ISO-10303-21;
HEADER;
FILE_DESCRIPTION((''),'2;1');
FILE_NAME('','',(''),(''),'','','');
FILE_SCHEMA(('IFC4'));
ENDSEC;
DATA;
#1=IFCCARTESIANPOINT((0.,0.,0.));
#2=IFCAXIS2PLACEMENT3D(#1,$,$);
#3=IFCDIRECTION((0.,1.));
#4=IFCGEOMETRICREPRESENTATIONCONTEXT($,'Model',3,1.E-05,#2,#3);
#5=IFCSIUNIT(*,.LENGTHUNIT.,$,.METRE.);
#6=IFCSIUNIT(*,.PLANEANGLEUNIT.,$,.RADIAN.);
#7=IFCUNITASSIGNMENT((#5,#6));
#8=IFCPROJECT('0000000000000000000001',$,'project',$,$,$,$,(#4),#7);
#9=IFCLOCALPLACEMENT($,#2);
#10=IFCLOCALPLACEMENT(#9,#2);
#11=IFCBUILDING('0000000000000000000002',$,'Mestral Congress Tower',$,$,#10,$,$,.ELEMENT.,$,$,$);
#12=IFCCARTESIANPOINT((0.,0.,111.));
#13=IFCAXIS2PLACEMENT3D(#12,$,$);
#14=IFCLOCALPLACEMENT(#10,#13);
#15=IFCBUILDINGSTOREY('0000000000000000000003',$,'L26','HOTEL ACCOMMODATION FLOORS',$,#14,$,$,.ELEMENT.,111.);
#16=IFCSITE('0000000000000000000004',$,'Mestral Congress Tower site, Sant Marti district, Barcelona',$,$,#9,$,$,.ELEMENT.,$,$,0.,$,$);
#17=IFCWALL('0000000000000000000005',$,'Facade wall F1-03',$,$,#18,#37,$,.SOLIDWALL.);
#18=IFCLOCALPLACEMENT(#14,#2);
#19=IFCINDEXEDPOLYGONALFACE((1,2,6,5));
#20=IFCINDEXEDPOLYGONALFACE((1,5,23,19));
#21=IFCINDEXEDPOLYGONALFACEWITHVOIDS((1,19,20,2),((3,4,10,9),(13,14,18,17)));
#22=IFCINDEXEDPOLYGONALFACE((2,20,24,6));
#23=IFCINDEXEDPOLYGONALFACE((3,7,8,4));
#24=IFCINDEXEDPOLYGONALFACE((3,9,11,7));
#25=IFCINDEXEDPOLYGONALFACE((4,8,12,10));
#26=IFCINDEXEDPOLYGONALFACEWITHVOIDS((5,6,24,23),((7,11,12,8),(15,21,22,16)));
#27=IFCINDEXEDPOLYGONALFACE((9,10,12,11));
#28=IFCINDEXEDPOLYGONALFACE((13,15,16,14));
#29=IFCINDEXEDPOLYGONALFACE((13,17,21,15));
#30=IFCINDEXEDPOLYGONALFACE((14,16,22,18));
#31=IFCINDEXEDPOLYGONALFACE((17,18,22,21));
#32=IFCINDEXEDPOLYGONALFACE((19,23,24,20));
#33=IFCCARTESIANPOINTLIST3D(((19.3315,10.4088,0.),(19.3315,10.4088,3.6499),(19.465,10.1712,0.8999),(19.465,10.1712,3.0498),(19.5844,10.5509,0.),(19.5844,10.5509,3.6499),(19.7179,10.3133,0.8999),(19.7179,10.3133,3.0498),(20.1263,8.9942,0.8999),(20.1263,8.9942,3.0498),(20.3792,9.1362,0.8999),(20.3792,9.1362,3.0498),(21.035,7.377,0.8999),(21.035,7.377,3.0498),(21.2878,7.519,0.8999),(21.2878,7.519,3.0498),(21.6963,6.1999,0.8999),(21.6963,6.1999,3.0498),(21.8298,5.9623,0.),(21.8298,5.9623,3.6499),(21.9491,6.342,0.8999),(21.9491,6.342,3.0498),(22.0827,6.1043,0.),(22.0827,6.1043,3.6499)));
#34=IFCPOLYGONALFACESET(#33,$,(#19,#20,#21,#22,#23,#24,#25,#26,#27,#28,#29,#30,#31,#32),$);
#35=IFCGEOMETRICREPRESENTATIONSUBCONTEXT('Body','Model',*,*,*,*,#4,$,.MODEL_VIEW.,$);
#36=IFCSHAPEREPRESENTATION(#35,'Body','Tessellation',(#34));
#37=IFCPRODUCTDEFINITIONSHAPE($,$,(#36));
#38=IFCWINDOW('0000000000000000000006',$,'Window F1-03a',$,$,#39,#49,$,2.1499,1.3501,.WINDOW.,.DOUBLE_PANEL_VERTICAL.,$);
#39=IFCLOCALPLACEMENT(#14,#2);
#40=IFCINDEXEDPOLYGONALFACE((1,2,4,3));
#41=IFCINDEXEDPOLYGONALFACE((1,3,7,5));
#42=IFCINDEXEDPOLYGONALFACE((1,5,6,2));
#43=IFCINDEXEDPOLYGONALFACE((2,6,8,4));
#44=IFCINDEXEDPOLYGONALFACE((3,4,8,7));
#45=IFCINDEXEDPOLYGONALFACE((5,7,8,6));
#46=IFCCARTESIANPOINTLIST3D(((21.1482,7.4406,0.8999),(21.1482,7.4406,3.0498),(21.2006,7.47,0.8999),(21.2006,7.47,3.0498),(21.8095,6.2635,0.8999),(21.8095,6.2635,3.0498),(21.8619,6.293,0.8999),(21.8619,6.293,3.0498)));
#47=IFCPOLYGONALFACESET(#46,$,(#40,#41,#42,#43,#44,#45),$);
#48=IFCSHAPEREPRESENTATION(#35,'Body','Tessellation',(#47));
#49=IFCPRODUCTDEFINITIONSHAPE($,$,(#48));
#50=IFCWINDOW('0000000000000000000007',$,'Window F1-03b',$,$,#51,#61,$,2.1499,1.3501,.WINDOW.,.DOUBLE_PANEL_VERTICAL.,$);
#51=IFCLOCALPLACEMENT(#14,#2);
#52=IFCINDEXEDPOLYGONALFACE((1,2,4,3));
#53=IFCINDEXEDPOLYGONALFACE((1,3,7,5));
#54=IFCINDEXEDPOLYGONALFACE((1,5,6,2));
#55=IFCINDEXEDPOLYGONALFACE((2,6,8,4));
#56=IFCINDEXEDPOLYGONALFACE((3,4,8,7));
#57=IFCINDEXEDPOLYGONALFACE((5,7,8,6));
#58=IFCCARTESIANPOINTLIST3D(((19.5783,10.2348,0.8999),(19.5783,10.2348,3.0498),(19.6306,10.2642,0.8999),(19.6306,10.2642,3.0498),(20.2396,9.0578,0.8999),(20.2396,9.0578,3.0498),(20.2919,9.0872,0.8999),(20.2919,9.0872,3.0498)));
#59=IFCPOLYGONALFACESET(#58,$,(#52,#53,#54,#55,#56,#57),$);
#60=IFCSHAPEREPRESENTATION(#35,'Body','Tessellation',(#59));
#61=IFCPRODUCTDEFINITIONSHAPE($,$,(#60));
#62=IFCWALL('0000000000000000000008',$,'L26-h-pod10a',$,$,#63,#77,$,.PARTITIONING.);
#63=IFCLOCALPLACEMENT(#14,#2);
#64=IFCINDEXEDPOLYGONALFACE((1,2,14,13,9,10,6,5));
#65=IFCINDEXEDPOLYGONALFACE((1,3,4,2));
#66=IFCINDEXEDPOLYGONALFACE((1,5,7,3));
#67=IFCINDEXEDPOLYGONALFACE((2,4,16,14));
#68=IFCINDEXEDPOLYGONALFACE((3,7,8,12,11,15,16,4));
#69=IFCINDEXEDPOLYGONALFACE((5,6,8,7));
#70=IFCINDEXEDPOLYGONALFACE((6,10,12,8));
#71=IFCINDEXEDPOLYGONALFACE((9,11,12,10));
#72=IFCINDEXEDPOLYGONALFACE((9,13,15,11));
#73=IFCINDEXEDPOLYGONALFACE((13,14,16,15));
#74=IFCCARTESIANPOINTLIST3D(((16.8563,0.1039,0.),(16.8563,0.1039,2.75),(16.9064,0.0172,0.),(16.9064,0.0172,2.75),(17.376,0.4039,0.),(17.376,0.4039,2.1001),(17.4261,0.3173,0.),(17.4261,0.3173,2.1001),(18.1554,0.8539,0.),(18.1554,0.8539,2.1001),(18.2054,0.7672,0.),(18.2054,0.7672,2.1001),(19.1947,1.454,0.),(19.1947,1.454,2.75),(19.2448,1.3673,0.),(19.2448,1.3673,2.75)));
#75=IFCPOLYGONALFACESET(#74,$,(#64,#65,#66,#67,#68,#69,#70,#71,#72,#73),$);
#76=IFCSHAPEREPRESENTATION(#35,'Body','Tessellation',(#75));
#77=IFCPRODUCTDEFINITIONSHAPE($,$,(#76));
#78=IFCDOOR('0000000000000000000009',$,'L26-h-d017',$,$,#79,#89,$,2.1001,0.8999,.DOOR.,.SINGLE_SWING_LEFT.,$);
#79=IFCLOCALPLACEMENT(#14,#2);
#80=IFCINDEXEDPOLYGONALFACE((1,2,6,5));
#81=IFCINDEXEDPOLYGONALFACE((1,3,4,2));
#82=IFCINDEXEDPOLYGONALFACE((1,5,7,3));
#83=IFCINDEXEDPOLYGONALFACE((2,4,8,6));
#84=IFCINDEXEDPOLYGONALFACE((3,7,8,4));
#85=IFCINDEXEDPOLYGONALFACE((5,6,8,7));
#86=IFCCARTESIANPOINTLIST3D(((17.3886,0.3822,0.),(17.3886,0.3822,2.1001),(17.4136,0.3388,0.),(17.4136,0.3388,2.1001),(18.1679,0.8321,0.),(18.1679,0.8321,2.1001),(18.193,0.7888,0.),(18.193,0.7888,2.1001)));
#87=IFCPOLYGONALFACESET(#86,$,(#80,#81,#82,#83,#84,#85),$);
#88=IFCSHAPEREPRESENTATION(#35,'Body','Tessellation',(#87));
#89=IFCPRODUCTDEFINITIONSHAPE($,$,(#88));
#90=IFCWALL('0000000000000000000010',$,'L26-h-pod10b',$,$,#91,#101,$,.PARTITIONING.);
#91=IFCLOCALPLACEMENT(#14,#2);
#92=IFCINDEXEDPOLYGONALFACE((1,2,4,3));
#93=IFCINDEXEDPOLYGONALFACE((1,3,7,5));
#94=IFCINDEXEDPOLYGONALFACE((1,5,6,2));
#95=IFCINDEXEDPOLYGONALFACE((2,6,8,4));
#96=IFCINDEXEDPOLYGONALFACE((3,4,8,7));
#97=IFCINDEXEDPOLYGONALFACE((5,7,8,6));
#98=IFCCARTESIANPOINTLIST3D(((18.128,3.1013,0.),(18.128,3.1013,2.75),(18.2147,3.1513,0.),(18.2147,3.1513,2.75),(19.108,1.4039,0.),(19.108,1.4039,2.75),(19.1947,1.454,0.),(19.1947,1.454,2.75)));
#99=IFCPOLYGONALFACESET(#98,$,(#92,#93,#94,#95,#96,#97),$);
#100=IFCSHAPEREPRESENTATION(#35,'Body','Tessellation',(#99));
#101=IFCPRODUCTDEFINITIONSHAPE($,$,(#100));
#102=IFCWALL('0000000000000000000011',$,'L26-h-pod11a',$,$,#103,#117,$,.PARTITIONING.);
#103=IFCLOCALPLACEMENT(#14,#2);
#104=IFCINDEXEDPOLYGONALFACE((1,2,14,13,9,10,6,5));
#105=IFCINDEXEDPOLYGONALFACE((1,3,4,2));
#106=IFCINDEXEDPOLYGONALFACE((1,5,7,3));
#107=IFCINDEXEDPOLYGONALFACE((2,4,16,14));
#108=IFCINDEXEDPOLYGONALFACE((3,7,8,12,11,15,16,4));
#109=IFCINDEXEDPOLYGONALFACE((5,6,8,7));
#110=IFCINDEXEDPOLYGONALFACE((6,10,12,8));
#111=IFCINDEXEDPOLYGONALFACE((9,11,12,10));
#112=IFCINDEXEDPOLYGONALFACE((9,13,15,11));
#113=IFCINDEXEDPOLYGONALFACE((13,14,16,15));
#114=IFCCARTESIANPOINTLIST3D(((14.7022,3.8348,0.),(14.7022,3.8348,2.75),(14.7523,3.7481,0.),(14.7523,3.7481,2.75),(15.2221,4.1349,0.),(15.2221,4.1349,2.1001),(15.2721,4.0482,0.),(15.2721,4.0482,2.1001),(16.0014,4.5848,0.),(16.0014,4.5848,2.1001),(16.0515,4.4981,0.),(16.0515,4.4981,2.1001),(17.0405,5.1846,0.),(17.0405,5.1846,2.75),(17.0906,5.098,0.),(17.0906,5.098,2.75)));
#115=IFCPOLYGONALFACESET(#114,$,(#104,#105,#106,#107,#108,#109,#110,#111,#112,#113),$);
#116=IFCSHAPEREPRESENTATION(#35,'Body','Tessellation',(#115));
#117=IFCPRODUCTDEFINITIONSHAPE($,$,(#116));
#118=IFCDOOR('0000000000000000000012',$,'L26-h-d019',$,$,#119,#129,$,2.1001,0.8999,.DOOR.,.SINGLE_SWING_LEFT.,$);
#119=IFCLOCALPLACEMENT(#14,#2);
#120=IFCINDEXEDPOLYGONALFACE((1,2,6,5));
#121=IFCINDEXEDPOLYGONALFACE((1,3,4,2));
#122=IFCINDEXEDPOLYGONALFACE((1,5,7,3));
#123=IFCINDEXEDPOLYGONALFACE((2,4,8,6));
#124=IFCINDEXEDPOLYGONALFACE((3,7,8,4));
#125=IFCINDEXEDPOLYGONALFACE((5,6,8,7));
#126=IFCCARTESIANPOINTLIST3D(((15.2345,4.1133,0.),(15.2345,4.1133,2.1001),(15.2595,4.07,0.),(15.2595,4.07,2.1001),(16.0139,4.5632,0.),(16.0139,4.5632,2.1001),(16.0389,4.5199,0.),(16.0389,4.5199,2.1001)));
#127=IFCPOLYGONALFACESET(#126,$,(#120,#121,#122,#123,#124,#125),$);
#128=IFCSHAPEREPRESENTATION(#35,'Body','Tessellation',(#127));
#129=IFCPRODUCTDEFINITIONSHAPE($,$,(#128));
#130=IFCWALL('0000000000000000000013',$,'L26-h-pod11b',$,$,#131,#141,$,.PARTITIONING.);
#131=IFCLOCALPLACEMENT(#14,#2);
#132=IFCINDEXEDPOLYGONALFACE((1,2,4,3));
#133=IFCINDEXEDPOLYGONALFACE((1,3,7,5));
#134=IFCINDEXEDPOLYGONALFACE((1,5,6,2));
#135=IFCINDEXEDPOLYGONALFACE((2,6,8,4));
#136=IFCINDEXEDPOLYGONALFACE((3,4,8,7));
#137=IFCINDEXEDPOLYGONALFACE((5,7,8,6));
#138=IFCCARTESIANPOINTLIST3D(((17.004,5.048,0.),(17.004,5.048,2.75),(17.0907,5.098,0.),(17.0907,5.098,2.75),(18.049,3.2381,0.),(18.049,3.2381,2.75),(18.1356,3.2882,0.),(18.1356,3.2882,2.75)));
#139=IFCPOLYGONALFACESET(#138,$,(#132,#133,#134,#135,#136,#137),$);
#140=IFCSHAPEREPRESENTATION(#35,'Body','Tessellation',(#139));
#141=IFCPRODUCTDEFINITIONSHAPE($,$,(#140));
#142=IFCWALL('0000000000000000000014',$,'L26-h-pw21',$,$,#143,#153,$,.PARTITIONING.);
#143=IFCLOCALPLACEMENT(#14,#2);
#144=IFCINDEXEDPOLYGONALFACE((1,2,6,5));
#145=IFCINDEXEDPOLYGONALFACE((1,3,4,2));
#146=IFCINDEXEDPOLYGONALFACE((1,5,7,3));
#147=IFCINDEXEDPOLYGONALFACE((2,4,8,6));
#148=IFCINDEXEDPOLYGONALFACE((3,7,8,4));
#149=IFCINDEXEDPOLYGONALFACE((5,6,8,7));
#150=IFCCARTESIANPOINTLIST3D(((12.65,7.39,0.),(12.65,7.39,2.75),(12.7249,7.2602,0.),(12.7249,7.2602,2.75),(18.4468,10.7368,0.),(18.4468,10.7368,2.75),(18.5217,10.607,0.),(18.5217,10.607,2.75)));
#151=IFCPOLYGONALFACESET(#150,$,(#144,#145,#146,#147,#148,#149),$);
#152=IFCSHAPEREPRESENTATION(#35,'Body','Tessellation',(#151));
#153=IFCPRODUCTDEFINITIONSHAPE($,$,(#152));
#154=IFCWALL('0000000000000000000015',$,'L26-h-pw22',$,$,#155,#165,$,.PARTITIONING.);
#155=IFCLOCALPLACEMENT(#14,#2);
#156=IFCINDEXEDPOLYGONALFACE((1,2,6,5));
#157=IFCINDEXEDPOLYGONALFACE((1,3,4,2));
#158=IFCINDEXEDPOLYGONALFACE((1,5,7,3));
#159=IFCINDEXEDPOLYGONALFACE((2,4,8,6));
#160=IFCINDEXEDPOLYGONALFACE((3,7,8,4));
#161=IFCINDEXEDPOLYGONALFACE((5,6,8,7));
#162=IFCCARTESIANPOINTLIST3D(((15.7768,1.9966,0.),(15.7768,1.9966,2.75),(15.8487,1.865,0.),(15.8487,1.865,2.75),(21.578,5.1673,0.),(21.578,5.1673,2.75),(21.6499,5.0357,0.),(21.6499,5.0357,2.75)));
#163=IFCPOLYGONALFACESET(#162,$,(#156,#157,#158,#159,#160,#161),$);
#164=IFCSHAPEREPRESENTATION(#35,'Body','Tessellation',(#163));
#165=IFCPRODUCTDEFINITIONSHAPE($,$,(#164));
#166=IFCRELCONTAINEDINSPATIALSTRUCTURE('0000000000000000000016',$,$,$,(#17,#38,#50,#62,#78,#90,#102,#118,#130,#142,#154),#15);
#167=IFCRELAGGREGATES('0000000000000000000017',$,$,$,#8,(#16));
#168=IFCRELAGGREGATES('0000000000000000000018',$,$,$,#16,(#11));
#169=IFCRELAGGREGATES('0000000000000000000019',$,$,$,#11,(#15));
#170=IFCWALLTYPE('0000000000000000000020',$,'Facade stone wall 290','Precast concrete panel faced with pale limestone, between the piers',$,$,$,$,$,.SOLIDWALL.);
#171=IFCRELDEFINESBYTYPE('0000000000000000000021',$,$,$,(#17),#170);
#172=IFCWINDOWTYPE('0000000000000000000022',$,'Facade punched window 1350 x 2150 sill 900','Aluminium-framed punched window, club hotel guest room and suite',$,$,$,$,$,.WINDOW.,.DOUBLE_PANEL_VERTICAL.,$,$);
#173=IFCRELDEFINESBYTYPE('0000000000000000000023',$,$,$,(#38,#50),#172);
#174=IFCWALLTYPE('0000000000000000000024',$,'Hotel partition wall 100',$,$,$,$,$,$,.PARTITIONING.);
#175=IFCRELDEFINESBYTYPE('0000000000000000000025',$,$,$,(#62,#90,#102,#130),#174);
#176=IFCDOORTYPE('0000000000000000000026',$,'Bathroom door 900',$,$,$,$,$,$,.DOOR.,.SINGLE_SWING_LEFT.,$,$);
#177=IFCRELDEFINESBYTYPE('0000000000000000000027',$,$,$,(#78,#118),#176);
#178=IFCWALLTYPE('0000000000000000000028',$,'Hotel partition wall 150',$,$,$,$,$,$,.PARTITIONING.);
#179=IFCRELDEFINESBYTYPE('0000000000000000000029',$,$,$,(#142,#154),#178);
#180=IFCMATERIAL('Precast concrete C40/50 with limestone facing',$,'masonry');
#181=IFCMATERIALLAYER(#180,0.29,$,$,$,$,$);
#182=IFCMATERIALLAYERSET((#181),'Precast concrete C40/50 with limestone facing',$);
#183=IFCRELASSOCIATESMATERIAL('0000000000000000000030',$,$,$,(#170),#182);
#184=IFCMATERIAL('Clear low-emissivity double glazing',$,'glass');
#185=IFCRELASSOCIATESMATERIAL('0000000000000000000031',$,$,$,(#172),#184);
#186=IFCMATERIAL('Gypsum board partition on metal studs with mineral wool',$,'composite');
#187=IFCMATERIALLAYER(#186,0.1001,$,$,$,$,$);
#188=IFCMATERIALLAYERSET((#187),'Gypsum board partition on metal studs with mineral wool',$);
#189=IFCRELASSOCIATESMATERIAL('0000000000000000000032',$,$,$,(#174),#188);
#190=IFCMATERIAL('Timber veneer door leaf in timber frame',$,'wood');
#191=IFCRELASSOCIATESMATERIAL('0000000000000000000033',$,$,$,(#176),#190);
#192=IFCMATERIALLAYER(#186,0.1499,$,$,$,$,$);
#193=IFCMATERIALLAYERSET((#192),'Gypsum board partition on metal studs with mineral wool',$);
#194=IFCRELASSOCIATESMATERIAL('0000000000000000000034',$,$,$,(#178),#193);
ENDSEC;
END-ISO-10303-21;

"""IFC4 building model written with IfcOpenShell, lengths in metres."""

from ifc_helpers import new_model, si_unit, direction, frame, frame_2d, origin, place, context, subcontext, project, spatial, rectangle, extrude, material, layer, layer_set, type_object, element, fill, save


model = new_model("IFC4")

# Units and contexts
model_context = context("Model", 3, precision=1e-05, world=origin(), true_north=direction((0.0, 1.0)))
body_context = subcontext(model_context, "Body", "Model", "MODEL_VIEW")
ifc_project = project(units=[si_unit("LENGTHUNIT", "METRE"), si_unit("PLANEANGLEUNIT", "RADIAN")], contexts=[model_context])

# Site, building, storey
site_placement = place(None, origin())
site = spatial("IfcSite", under=ifc_project, at=site_placement, Name="Mestral Congress Tower site, Sant Marti district, Barcelona", CompositionType="ELEMENT", RefElevation=0.0)
building_placement = place(site_placement, origin())
building = spatial("IfcBuilding", under=site, at=building_placement, Name="Mestral Congress Tower", CompositionType="ELEMENT")
storey_placement = place(building_placement, frame((0.0, 0.0, 111.0)))
storey = spatial("IfcBuildingStorey", under=building, at=storey_placement, Name="L26", Description="HOTEL ACCOMMODATION FLOORS", CompositionType="ELEMENT", Elevation=111.0)

# Wall, openings, windows
ifc_material_1 = material(Name="Precast concrete C40/50 with limestone facing", Category="masonry")
ifc_layer_1 = layer(ifc_material_1, 0.29)
ifc_layer_set_1 = layer_set([ifc_layer_1], Name="Precast concrete C40/50 with limestone facing")
wall_type_1 = type_object("IfcWallType", Name="Facade stone wall 290", Description="Precast concrete panel faced with pale limestone, between the piers", PredefinedType="SOLIDWALL", material=ifc_layer_set_1)
ifc_material_2 = material(Name="Clear low-emissivity double glazing", Category="glass")
window_type = type_object("IfcWindowType", Name="Facade punched window 1350 x 2150 sill 900", Description="Aluminium-framed punched window, club hotel guest room and suite", PartitioningType="DOUBLE_PANEL_VERTICAL", PredefinedType="WINDOW", material=ifc_material_2)
wall_1_placement = place(storey_placement, frame((21.9563, 6.0332, 0.0), z_axis=(0.0, 0.0, 1.0), x_axis=(-0.489832, 0.871817, 0.0)))
wall_1 = element("IfcWall", 1, at=wall_1_placement, inside=storey, type_object=wall_type_1, Name="Facade wall F1-03", PredefinedType="SOLIDWALL", context=body_context, shape_type="SweptSolid", body=[
    extrude(rectangle(XDim=5.1003, YDim=0.29, at=frame_2d((2.5503, 0.0))), origin(), (0.0, 0.0, 1.0), 3.6499),
])
opening_1_placement = place(wall_1_placement, frame((0.2727, 0.0, 0.8999)))
opening_1 = element("IfcOpeningElement", 2, at=opening_1_placement, cuts=wall_1, PredefinedType="OPENING", context=body_context, shape_type="SweptSolid", body=[
    extrude(rectangle(XDim=1.3501, YDim=2.1499, at=frame_2d((0.675, 1.075))), frame((0.0, 0.155, 0.0), z_axis=(0.0, -1.0, 0.0), x_axis=(1.0, 0.0, 0.0)), (0.0, 0.0, 1.0), 0.3101),
])
opening_2_placement = place(wall_1_placement, frame((3.4778, 0.0, 0.8999)))
opening_2 = element("IfcOpeningElement", 3, at=opening_2_placement, cuts=wall_1, PredefinedType="OPENING", context=body_context, shape_type="SweptSolid", body=[
    extrude(rectangle(XDim=1.3501, YDim=2.1499, at=frame_2d((0.675, 1.075))), frame((0.0, 0.155, 0.0), z_axis=(0.0, -1.0, 0.0), x_axis=(1.0, 0.0, 0.0)), (0.0, 0.0, 1.0), 0.3101),
])
window_1_placement = place(opening_1_placement, origin())
window_1 = element("IfcWindow", 4, at=window_1_placement, inside=storey, type_object=window_type, Name="Window F1-03a", OverallHeight=2.1499, OverallWidth=1.3501, PartitioningType="DOUBLE_PANEL_VERTICAL", PredefinedType="WINDOW", context=body_context, shape_type="SweptSolid", body=[
    extrude(rectangle(XDim=1.3501, YDim=2.1499, at=frame_2d((0.675, 1.075))), frame((0.0, 0.0151, 0.0), z_axis=(0.0, -1.0, 0.0), x_axis=(1.0, 0.0, 0.0)), (0.0, 0.0, 1.0), 0.0601),
])
fill(opening_1, window_1)
window_2_placement = place(opening_2_placement, origin())
window_2 = element("IfcWindow", 5, at=window_2_placement, inside=storey, type_object=window_type, Name="Window F1-03b", OverallHeight=2.1499, OverallWidth=1.3501, PartitioningType="DOUBLE_PANEL_VERTICAL", PredefinedType="WINDOW", context=body_context, shape_type="SweptSolid", body=[
    extrude(rectangle(XDim=1.3501, YDim=2.1499, at=frame_2d((0.675, 1.075))), frame((0.0, 0.0151, 0.0), z_axis=(0.0, -1.0, 0.0), x_axis=(1.0, 0.0, 0.0)), (0.0, 0.0, 1.0), 0.0601),
])
fill(opening_2, window_2)

# Wall, opening, door
ifc_material_3 = material(Name="Gypsum board partition on metal studs with mineral wool", Category="composite")
ifc_layer_2 = layer(ifc_material_3, 0.1001)
ifc_layer_set_2 = layer_set([ifc_layer_2], Name="Gypsum board partition on metal studs with mineral wool")
wall_type_2 = type_object("IfcWallType", Name="Hotel partition wall 100", PredefinedType="PARTITIONING", material=ifc_layer_set_2)
wall_2_placement = place(storey_placement, frame((16.8813, 0.0605, 0.0), z_axis=(0.0, 0.0, 1.0), x_axis=(0.86602, 0.500009, 0.0)))
wall_2 = element("IfcWall", 6, at=wall_2_placement, inside=storey, type_object=wall_type_2, Name="L26-h-pod10a", PredefinedType="PARTITIONING", context=body_context, shape_type="SweptSolid", body=[
    extrude(rectangle(XDim=2.7002, YDim=0.1001, at=frame_2d((1.3501, 0.0))), origin(), (0.0, 0.0, 1.0), 2.75),
])
opening_3_placement = place(wall_2_placement, frame((0.6001, 0.0, 0.0)))
opening_3 = element("IfcOpeningElement", 7, at=opening_3_placement, cuts=wall_2, PredefinedType="OPENING", context=body_context, shape_type="SweptSolid", body=[
    extrude(rectangle(XDim=0.8999, YDim=2.1001, at=frame_2d((0.45, 1.05))), frame((0.0, 0.0601, 0.0), z_axis=(0.0, -1.0, 0.0), x_axis=(1.0, 0.0, 0.0)), (0.0, 0.0, 1.0), 0.1201),
])
ifc_material_4 = material(Name="Timber veneer door leaf in timber frame", Category="wood")
door_type_1 = type_object("IfcDoorType", Name="Bathroom door 900", OperationType="SINGLE_SWING_LEFT", PredefinedType="DOOR", material=ifc_material_4)
door_1_placement = place(opening_3_placement, origin())
door_1 = element("IfcDoor", 8, at=door_1_placement, inside=storey, type_object=door_type_1, Name="L26-h-d017", OperationType="SINGLE_SWING_LEFT", OverallHeight=2.1001, OverallWidth=0.8999, PredefinedType="DOOR", context=body_context, shape_type="SweptSolid", body=[
    extrude(rectangle(XDim=0.8999, YDim=2.1001, at=frame_2d((0.45, 1.05))), frame((0.0, 0.0249, 0.0), z_axis=(0.0, -1.0, 0.0), x_axis=(1.0, 0.0, 0.0)), (0.0, 0.0, 1.0), 0.05),
])
fill(opening_3, door_1)

# Wall
wall_3_placement = place(storey_placement, frame((19.1514, 1.429, 0.0), z_axis=(0.0, 0.0, 1.0), x_axis=(-0.500024, 0.866011, 0.0)))
element("IfcWall", 9, at=wall_3_placement, inside=storey, type_object=wall_type_2, Name="L26-h-pod10b", PredefinedType="PARTITIONING", context=body_context, shape_type="SweptSolid", body=[
    extrude(rectangle(XDim=1.96, YDim=0.1001, at=frame_2d((0.98, 0.0))), origin(), (0.0, 0.0, 1.0), 2.75),
])

# Wall, opening, door
wall_4_placement = place(storey_placement, frame((17.0657, 5.1414, 0.0), z_axis=(0.0, 0.0, 1.0), x_axis=(-0.866059, -0.499942, 0.0)))
wall_4 = element("IfcWall", 10, at=wall_4_placement, inside=storey, type_object=wall_type_2, Name="L26-h-pod11a", PredefinedType="PARTITIONING", context=body_context, shape_type="SweptSolid", body=[
    extrude(rectangle(XDim=2.7, YDim=0.1001, at=frame_2d((1.3501, 0.0))), origin(), (0.0, 0.0, 1.0), 2.75),
])
opening_4_placement = place(wall_4_placement, frame((1.2, 0.0, 0.0)))
opening_4 = element("IfcOpeningElement", 11, at=opening_4_placement, cuts=wall_4, PredefinedType="OPENING", context=body_context, shape_type="SweptSolid", body=[
    extrude(rectangle(XDim=0.8999, YDim=2.1001, at=frame_2d((0.45, 1.05))), frame((0.0, 0.0601, 0.0), z_axis=(0.0, -1.0, 0.0), x_axis=(1.0, 0.0, 0.0)), (0.0, 0.0, 1.0), 0.1201),
])
door_2_placement = place(opening_4_placement, origin())
door_2 = element("IfcDoor", 12, at=door_2_placement, inside=storey, type_object=door_type_1, Name="L26-h-d019", OperationType="SINGLE_SWING_LEFT", OverallHeight=2.1001, OverallWidth=0.8999, PredefinedType="DOOR", context=body_context, shape_type="SweptSolid", body=[
    extrude(rectangle(XDim=0.8999, YDim=2.1001, at=frame_2d((0.45, 1.05))), frame((0.0, 0.0249, 0.0), z_axis=(0.0, -1.0, 0.0), x_axis=(1.0, 0.0, 0.0)), (0.0, 0.0, 1.0), 0.05),
])
fill(opening_4, door_2)

# Walls
wall_5_placement = place(storey_placement, frame((17.0474, 5.073, 0.0), z_axis=(0.0, 0.0, 1.0), x_axis=(0.500009, -0.86602, 0.0)))
element("IfcWall", 13, at=wall_5_placement, inside=storey, type_object=wall_type_2, Name="L26-h-pod11b", PredefinedType="PARTITIONING", context=body_context, shape_type="SweptSolid", body=[
    extrude(rectangle(XDim=2.0898, YDim=0.1001, at=frame_2d((1.0449, 0.0))), origin(), (0.0, 0.0, 1.0), 2.75),
])
ifc_layer_3 = layer(ifc_material_3, 0.1499)
ifc_layer_set_3 = layer_set([ifc_layer_3], Name="Gypsum board partition on metal studs with mineral wool")
wall_type_3 = type_object("IfcWallType", Name="Hotel partition wall 150", PredefinedType="PARTITIONING", material=ifc_layer_set_3)
wall_6_placement = place(storey_placement, frame((18.4841, 10.6719, 0.0), z_axis=(0.0, 0.0, 1.0), x_axis=(-0.866019, -0.500011, 0.0)))
element("IfcWall", 14, at=wall_6_placement, inside=storey, type_object=wall_type_3, Name="L26-h-pw21", PredefinedType="PARTITIONING", context=body_context, shape_type="SweptSolid", body=[
    extrude(rectangle(XDim=6.6936, YDim=0.1499, at=frame_2d((3.3467, 0.0))), origin(), (0.0, 0.0, 1.0), 2.75),
])
wall_7_placement = place(storey_placement, frame((21.614, 5.1016, 0.0), z_axis=(0.0, 0.0, 1.0), x_axis=(-0.877485, -0.479605, 0.0)))
element("IfcWall", 15, at=wall_7_placement, inside=storey, type_object=wall_type_3, Name="L26-h-pw22", PredefinedType="PARTITIONING", context=body_context, shape_type="SweptSolid", body=[
    extrude(rectangle(XDim=6.6111, YDim=0.1499, at=frame_2d((3.3057, 0.0))), origin(), (0.0, 0.0, 1.0), 2.75),
])

save(model, "model.ifc")
